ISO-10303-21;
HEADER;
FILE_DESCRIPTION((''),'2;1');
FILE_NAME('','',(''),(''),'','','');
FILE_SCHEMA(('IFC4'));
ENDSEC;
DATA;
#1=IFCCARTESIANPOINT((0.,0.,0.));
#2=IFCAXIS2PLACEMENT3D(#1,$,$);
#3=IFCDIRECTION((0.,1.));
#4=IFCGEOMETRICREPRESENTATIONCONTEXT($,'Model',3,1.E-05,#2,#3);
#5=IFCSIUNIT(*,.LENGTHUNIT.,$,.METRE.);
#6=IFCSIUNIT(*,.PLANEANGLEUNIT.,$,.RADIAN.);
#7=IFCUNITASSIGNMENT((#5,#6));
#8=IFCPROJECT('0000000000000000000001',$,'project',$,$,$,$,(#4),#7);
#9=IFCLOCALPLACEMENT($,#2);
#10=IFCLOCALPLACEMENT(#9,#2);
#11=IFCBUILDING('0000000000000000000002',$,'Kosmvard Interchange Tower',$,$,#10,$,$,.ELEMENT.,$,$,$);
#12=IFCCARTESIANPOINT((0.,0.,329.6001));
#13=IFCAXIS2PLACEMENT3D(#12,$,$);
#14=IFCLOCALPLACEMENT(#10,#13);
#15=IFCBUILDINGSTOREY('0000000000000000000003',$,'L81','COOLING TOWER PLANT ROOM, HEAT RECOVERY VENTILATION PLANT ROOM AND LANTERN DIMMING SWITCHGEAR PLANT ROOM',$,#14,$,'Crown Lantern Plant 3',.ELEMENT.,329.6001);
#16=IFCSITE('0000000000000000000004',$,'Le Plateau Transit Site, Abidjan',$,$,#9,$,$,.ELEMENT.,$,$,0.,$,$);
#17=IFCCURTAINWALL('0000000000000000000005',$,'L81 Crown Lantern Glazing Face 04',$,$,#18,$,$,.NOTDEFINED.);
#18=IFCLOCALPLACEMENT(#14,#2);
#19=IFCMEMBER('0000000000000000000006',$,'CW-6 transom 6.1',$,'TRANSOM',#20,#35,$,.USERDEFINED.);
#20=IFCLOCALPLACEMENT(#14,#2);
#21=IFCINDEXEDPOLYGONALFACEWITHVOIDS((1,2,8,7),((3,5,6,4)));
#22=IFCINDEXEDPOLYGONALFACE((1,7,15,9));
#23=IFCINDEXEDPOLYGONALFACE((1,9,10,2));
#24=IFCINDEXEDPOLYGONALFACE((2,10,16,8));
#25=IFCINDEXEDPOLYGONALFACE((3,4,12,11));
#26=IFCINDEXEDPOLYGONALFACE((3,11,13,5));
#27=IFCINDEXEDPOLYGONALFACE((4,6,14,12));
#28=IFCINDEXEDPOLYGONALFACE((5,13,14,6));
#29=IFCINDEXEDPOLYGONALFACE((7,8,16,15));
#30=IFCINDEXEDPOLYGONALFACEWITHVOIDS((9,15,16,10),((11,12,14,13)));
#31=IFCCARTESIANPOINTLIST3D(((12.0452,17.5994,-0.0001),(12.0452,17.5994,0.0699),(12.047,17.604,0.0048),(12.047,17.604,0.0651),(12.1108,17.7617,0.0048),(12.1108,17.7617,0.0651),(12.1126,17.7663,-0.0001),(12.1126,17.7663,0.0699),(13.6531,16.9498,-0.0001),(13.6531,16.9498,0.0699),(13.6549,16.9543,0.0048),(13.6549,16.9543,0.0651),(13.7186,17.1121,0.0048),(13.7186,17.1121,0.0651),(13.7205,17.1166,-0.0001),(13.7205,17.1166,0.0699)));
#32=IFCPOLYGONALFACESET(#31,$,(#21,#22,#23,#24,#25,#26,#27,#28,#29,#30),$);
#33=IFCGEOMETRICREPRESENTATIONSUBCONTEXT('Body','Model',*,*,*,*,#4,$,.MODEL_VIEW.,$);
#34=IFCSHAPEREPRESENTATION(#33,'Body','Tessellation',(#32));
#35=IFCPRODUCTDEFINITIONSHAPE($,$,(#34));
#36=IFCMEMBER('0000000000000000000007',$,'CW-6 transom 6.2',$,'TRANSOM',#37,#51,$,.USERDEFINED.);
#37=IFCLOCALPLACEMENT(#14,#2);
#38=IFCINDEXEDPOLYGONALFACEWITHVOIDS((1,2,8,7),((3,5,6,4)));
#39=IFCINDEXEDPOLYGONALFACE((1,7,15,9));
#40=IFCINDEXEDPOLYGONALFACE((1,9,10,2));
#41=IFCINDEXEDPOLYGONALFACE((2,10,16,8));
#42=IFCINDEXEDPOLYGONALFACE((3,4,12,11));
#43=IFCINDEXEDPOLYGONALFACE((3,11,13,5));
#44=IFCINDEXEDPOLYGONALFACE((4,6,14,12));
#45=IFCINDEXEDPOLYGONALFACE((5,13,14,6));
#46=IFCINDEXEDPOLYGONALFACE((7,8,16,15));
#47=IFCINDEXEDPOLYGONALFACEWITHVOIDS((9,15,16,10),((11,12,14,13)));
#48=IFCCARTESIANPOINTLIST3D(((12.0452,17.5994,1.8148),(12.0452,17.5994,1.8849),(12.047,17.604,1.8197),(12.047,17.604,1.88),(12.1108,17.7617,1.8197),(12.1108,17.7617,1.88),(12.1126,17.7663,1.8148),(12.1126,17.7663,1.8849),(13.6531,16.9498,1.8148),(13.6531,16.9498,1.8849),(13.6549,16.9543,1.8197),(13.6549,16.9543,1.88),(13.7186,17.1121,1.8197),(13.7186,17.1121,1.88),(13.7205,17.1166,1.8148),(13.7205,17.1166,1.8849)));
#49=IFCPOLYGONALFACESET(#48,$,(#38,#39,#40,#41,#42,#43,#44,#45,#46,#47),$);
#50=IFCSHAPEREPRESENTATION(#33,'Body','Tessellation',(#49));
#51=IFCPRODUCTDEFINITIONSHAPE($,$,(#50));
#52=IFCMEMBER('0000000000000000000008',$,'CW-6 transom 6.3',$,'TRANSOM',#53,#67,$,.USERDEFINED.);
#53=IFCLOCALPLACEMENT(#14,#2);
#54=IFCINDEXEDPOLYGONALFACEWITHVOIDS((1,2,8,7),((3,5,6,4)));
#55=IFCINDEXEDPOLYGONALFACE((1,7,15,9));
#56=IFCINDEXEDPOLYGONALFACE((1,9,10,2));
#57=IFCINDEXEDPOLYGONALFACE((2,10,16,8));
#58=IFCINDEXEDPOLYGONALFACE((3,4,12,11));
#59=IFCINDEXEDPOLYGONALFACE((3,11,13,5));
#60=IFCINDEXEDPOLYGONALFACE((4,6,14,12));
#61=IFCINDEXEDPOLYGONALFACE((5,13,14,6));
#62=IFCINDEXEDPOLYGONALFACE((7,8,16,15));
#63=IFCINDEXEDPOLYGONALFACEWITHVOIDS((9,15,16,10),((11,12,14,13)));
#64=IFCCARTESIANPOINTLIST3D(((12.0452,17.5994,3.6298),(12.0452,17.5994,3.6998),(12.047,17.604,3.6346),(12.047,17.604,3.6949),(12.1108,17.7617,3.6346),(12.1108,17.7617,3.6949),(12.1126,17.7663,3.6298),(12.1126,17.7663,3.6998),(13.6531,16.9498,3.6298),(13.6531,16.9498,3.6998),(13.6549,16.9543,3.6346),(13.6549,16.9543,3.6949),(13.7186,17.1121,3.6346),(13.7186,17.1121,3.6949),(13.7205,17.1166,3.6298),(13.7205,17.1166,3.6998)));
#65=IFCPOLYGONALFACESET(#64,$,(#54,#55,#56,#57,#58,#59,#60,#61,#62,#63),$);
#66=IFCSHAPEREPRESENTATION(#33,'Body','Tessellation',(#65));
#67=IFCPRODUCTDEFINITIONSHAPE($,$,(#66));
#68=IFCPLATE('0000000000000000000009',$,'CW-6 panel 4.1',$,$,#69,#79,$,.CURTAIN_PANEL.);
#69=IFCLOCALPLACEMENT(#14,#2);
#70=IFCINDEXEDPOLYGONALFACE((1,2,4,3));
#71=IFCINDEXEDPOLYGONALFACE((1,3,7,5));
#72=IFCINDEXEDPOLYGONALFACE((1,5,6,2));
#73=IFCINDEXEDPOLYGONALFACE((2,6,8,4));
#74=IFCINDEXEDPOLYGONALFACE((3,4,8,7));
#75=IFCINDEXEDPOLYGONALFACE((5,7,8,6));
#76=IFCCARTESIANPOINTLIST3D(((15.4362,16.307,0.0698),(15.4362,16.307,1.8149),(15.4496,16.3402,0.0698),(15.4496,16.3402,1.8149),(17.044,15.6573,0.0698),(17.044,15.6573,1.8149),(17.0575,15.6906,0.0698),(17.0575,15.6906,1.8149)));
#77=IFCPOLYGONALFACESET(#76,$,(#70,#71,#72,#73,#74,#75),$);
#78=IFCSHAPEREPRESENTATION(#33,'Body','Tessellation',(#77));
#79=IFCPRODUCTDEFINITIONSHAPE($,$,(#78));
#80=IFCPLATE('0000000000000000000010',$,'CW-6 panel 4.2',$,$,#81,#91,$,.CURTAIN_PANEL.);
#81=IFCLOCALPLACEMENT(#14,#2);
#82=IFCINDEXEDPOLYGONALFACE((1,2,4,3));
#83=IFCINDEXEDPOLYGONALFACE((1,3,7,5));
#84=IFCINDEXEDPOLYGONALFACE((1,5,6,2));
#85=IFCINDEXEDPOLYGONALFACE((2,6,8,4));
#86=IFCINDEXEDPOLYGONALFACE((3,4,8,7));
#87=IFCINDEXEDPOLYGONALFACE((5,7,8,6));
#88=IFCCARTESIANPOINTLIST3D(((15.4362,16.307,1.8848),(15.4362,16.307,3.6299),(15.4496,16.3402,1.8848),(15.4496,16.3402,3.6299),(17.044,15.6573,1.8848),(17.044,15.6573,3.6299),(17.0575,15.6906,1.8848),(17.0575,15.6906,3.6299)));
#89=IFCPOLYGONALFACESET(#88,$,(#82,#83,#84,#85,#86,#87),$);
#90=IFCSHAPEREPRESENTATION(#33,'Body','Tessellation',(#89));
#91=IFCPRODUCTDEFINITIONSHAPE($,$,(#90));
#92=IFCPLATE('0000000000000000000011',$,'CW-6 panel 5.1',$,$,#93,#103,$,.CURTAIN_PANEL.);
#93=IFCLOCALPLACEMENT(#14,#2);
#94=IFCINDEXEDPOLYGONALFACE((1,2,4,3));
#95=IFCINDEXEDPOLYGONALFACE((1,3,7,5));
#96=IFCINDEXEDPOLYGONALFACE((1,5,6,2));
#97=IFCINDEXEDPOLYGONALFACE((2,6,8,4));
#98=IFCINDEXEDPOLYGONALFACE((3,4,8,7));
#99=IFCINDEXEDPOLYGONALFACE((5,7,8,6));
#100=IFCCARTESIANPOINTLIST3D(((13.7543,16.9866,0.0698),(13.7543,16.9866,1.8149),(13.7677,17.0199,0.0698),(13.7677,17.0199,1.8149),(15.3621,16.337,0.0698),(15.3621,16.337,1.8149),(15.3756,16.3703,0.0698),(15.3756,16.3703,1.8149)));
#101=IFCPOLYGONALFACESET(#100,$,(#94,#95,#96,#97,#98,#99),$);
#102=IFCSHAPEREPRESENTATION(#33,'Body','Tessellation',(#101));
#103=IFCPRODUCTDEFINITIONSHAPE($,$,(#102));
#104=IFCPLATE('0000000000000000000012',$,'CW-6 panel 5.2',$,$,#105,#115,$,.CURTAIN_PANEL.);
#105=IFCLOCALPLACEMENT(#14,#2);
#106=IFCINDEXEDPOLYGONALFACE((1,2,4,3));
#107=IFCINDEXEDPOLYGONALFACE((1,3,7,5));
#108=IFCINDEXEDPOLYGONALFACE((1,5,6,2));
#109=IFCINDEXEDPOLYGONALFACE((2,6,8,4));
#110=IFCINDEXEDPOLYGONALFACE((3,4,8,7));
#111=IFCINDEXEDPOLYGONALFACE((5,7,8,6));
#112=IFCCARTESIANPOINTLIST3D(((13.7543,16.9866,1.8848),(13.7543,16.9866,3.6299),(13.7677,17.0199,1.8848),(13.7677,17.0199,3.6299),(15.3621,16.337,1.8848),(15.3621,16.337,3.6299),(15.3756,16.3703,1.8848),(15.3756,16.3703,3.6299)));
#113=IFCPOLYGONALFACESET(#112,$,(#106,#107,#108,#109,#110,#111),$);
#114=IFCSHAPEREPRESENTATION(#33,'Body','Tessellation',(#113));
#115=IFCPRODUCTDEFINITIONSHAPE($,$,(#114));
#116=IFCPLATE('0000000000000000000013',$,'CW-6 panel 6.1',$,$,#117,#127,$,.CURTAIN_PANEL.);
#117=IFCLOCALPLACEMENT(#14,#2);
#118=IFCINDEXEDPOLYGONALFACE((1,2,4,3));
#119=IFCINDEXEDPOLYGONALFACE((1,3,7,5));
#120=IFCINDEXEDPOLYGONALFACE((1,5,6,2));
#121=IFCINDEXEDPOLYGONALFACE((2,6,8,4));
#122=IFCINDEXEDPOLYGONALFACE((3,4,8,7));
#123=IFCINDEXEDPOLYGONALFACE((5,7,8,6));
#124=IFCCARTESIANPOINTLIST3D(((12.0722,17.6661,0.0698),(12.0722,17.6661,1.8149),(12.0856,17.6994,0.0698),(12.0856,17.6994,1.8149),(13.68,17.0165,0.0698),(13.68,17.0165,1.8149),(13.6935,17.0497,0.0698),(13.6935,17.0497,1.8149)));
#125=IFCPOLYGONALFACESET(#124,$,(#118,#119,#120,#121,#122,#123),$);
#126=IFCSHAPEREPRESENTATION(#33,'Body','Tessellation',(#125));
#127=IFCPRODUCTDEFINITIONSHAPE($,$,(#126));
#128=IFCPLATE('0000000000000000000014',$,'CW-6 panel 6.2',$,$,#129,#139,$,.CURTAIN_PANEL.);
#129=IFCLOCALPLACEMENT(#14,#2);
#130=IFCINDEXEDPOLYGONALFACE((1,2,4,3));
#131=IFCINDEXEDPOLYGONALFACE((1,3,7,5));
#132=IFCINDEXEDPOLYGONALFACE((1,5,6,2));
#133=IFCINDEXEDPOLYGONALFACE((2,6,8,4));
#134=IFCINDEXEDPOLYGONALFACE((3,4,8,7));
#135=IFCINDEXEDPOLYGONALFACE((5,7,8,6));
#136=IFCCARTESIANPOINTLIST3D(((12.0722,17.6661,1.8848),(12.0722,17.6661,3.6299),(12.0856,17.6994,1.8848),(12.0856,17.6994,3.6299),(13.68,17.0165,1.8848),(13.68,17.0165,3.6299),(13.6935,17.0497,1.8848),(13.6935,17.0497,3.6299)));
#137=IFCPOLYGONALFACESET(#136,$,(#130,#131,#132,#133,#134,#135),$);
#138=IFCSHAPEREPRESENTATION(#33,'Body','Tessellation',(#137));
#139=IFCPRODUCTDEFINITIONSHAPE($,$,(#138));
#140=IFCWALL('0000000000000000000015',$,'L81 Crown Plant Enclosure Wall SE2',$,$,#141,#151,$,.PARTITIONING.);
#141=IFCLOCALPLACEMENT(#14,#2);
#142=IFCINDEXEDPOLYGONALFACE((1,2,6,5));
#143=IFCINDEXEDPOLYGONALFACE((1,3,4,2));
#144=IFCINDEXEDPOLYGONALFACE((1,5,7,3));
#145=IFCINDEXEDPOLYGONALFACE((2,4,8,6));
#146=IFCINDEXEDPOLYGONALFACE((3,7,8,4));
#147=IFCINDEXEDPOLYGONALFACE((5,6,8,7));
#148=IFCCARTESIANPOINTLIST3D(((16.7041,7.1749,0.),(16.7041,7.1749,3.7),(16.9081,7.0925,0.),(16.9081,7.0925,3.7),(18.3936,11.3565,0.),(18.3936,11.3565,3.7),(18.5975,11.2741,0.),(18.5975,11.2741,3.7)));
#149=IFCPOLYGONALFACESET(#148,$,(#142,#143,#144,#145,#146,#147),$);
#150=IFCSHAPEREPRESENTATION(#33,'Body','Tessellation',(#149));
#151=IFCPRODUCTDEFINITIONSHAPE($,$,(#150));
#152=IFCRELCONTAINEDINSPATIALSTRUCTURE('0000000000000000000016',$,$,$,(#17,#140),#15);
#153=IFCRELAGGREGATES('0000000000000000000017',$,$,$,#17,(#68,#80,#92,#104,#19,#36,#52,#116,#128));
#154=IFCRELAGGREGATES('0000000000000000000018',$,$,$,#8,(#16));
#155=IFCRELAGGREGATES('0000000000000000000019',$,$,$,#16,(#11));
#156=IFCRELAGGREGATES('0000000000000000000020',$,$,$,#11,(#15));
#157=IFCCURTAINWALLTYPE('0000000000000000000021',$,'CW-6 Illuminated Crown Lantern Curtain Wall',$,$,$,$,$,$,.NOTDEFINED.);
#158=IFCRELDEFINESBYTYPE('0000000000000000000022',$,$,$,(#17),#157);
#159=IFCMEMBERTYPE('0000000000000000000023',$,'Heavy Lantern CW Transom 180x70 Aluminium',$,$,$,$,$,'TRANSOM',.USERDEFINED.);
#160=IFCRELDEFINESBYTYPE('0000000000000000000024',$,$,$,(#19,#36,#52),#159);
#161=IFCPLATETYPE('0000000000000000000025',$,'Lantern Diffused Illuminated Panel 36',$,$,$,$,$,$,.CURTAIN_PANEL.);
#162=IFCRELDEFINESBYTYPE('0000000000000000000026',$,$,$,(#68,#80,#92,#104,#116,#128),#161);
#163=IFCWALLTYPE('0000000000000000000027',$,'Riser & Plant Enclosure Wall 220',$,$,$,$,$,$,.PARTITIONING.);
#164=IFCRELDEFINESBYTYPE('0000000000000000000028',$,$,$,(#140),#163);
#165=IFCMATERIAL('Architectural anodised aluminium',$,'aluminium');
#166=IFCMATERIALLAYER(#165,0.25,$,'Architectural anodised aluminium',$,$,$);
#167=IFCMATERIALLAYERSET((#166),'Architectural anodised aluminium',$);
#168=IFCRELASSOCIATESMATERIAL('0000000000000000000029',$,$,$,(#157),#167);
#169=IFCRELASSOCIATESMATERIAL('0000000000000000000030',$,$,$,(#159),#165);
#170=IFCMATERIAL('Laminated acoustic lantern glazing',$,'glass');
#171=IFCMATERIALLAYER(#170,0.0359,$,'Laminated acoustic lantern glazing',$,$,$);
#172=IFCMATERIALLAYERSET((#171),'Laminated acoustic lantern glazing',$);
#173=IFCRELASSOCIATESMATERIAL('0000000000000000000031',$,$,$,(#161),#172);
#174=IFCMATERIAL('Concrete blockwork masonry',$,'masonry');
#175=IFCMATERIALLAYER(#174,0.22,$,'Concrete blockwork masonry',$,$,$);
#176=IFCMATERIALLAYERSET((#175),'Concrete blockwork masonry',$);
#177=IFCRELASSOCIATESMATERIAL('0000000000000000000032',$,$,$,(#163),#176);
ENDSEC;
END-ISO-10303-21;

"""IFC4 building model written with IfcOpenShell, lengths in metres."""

from ifc_helpers import new_model, si_unit, direction, frame, frame_2d, origin, origin_2d, place, context, subcontext, project, spatial, rectangle, hollow_rectangle, extrude, source, transform, mapped, material, layer, layer_set, material_profile, profile_set, type_object, element, aggregate, save


model = new_model("IFC4")

# Units and contexts
model_context = context("Model", 3, precision=1e-05, world=origin(), true_north=direction((0.0, 1.0)))
body_context = subcontext(model_context, "Body", "Model", "MODEL_VIEW")
ifc_project = project(units=[si_unit("LENGTHUNIT", "METRE"), si_unit("PLANEANGLEUNIT", "RADIAN")], contexts=[model_context])

# Site, building, storey
site_placement = place(None, origin())
site = spatial("IfcSite", under=ifc_project, at=site_placement, Name="Le Plateau Transit Site, Abidjan", CompositionType="ELEMENT", RefElevation=0.0)
building_placement = place(site_placement, origin())
building = spatial("IfcBuilding", under=site, at=building_placement, Name="Kosmvard Interchange Tower", CompositionType="ELEMENT")
storey_placement = place(building_placement, frame((0.0, 0.0, 329.6001)))
storey = spatial("IfcBuildingStorey", under=building, at=storey_placement, Name="L81", Description="COOLING TOWER PLANT ROOM, HEAT RECOVERY VENTILATION PLANT ROOM AND LANTERN DIMMING SWITCHGEAR PLANT ROOM", LongName="Crown Lantern Plant 3", CompositionType="ELEMENT", Elevation=329.6001)

# Curtain wall, members, plates
ifc_material_1 = material(Name="Architectural anodised aluminium", Category="aluminium")
ifc_layer_1 = layer(ifc_material_1, 0.25, Name="Architectural anodised aluminium")
ifc_layer_set_1 = layer_set([ifc_layer_1], Name="Architectural anodised aluminium")
curtain_wall_type = type_object("IfcCurtainWallType", Name="CW-6 Illuminated Crown Lantern Curtain Wall", PredefinedType="NOTDEFINED", material=ifc_layer_set_1)
curtain_wall_placement = place(storey_placement, origin())
curtain_wall = element("IfcCurtainWall", 1, at=curtain_wall_placement, inside=storey, type_object=curtain_wall_type, Name="L81 Crown Lantern Glazing Face 04", PredefinedType="NOTDEFINED")
ifc_material_profile_1 = material_profile(ifc_material_1, hollow_rectangle(XDim=0.1799, YDim=0.0701, WallThickness=0.0049, at=origin_2d()), Name="CWT 180x70x5")
ifc_profile_set_1 = profile_set([ifc_material_profile_1], Name="Architectural anodised aluminium")
member_type_1 = type_object("IfcMemberType", Name="Heavy Lantern CW Transom 180x70 Aluminium", ElementType="TRANSOM", PredefinedType="USERDEFINED", material=ifc_profile_set_1)
shared_shape_1 = source(origin(), body_context, "Body", "SweptSolid", [
    extrude(hollow_rectangle(XDim=0.1799, YDim=0.0701, WallThickness=0.0049, at=origin_2d()), origin(), (0.0, 0.0, 1.0), 1.7341),
])
member_1_placement = place(storey_placement, frame((13.6868, 17.0332, 0.0349), z_axis=(-0.92718, 0.374617, 0.0), x_axis=(-0.374617, -0.92718, 0.0)))
member_1 = element("IfcMember", 2, at=member_1_placement, type_object=member_type_1, Name="CW-6 transom 6.1", ObjectType="TRANSOM", PredefinedType="USERDEFINED", context=body_context, shape_type="MappedRepresentation", body=[
    mapped(shared_shape_1, transform((0.0, 0.0, 0.0), scale=1.0)),
])
member_2_placement = place(storey_placement, frame((13.6868, 17.0332, 1.8499), z_axis=(-0.92718, 0.374617, 0.0), x_axis=(-0.374617, -0.92718, 0.0)))
member_2 = element("IfcMember", 3, at=member_2_placement, type_object=member_type_1, Name="CW-6 transom 6.2", ObjectType="TRANSOM", PredefinedType="USERDEFINED", context=body_context, shape_type="MappedRepresentation", body=[
    mapped(shared_shape_1, transform((0.0, 0.0, 0.0), scale=1.0)),
])
member_3_placement = place(storey_placement, frame((13.6868, 17.0332, 3.6648), z_axis=(-0.92718, 0.374617, 0.0), x_axis=(-0.374617, -0.92718, 0.0)))
member_3 = element("IfcMember", 4, at=member_3_placement, type_object=member_type_1, Name="CW-6 transom 6.3", ObjectType="TRANSOM", PredefinedType="USERDEFINED", context=body_context, shape_type="MappedRepresentation", body=[
    mapped(shared_shape_1, transform((0.0, 0.0, 0.0), scale=1.0)),
])
ifc_material_2 = material(Name="Laminated acoustic lantern glazing", Category="glass")
ifc_layer_2 = layer(ifc_material_2, 0.0359, Name="Laminated acoustic lantern glazing")
ifc_layer_set_2 = layer_set([ifc_layer_2], Name="Laminated acoustic lantern glazing")
plate_type = type_object("IfcPlateType", Name="Lantern Diffused Illuminated Panel 36", PredefinedType="CURTAIN_PANEL", material=ifc_layer_set_2)
shared_shape_2 = source(origin(), body_context, "Body", "SweptSolid", [
    extrude(rectangle(XDim=1.7341, YDim=0.0359, at=origin_2d()), origin(), (0.0, 0.0, 1.0), 1.7451),
])
plate_1_placement = place(storey_placement, frame((16.2468, 15.9988, 0.0698), z_axis=(0.0, 0.0, 1.0), x_axis=(-0.927184, 0.374607, 0.0)))
plate_1 = element("IfcPlate", 5, at=plate_1_placement, type_object=plate_type, Name="CW-6 panel 4.1", PredefinedType="CURTAIN_PANEL", context=body_context, shape_type="MappedRepresentation", body=[
    mapped(shared_shape_2, transform((0.0, 0.0, 0.0), scale=1.0)),
])
plate_2_placement = place(storey_placement, frame((16.2468, 15.9988, 1.8848), z_axis=(0.0, 0.0, 1.0), x_axis=(-0.927184, 0.374607, 0.0)))
plate_2 = element("IfcPlate", 6, at=plate_2_placement, type_object=plate_type, Name="CW-6 panel 4.2", PredefinedType="CURTAIN_PANEL", context=body_context, shape_type="MappedRepresentation", body=[
    mapped(shared_shape_2, transform((0.0, 0.0, 0.0), scale=1.0)),
])
plate_3_placement = place(storey_placement, frame((14.5649, 16.6785, 0.0698), z_axis=(0.0, 0.0, 1.0), x_axis=(-0.927184, 0.374607, 0.0)))
plate_3 = element("IfcPlate", 7, at=plate_3_placement, type_object=plate_type, Name="CW-6 panel 5.1", PredefinedType="CURTAIN_PANEL", context=body_context, shape_type="MappedRepresentation", body=[
    mapped(shared_shape_2, transform((0.0, 0.0, 0.0), scale=1.0)),
])
plate_4_placement = place(storey_placement, frame((14.5649, 16.6785, 1.8848), z_axis=(0.0, 0.0, 1.0), x_axis=(-0.927184, 0.374607, 0.0)))
plate_4 = element("IfcPlate", 8, at=plate_4_placement, type_object=plate_type, Name="CW-6 panel 5.2", PredefinedType="CURTAIN_PANEL", context=body_context, shape_type="MappedRepresentation", body=[
    mapped(shared_shape_2, transform((0.0, 0.0, 0.0), scale=1.0)),
])
plate_5_placement = place(storey_placement, frame((12.8828, 17.3579, 0.0698), z_axis=(0.0, 0.0, 1.0), x_axis=(-0.927184, 0.374607, 0.0)))
plate_5 = element("IfcPlate", 9, at=plate_5_placement, type_object=plate_type, Name="CW-6 panel 6.1", PredefinedType="CURTAIN_PANEL", context=body_context, shape_type="MappedRepresentation", body=[
    mapped(shared_shape_2, transform((0.0, 0.0, 0.0), scale=1.0)),
])
plate_6_placement = place(storey_placement, frame((12.8828, 17.3579, 1.8848), z_axis=(0.0, 0.0, 1.0), x_axis=(-0.927184, 0.374607, 0.0)))
plate_6 = element("IfcPlate", 10, at=plate_6_placement, type_object=plate_type, Name="CW-6 panel 6.2", PredefinedType="CURTAIN_PANEL", context=body_context, shape_type="MappedRepresentation", body=[
    mapped(shared_shape_2, transform((0.0, 0.0, 0.0), scale=1.0)),
])
aggregate(curtain_wall, [plate_1, plate_2, plate_3, plate_4, member_1, member_2, member_3, plate_5, plate_6])

# Wall
ifc_material_3 = material(Name="Concrete blockwork masonry", Category="masonry")
ifc_layer_3 = layer(ifc_material_3, 0.22, Name="Concrete blockwork masonry")
ifc_layer_set_3 = layer_set([ifc_layer_3], Name="Concrete blockwork masonry")
wall_type = type_object("IfcWallType", Name="Riser & Plant Enclosure Wall 220", PredefinedType="PARTITIONING", material=ifc_layer_set_3)
wall_placement = place(storey_placement, frame((16.8062, 7.1338, 0.0), z_axis=(0.0, 0.0, 1.0), x_axis=(0.374599, 0.927187, 0.0)))
element("IfcWall", 11, at=wall_placement, inside=storey, type_object=wall_type, Name="L81 Crown Plant Enclosure Wall SE2", PredefinedType="PARTITIONING", context=body_context, shape_type="SweptSolid", body=[
    extrude(rectangle(XDim=4.51, YDim=0.22, at=frame_2d((2.2549, 0.0))), origin(), (0.0, 0.0, 1.0), 3.7),
])

save(model, "model.ifc")
